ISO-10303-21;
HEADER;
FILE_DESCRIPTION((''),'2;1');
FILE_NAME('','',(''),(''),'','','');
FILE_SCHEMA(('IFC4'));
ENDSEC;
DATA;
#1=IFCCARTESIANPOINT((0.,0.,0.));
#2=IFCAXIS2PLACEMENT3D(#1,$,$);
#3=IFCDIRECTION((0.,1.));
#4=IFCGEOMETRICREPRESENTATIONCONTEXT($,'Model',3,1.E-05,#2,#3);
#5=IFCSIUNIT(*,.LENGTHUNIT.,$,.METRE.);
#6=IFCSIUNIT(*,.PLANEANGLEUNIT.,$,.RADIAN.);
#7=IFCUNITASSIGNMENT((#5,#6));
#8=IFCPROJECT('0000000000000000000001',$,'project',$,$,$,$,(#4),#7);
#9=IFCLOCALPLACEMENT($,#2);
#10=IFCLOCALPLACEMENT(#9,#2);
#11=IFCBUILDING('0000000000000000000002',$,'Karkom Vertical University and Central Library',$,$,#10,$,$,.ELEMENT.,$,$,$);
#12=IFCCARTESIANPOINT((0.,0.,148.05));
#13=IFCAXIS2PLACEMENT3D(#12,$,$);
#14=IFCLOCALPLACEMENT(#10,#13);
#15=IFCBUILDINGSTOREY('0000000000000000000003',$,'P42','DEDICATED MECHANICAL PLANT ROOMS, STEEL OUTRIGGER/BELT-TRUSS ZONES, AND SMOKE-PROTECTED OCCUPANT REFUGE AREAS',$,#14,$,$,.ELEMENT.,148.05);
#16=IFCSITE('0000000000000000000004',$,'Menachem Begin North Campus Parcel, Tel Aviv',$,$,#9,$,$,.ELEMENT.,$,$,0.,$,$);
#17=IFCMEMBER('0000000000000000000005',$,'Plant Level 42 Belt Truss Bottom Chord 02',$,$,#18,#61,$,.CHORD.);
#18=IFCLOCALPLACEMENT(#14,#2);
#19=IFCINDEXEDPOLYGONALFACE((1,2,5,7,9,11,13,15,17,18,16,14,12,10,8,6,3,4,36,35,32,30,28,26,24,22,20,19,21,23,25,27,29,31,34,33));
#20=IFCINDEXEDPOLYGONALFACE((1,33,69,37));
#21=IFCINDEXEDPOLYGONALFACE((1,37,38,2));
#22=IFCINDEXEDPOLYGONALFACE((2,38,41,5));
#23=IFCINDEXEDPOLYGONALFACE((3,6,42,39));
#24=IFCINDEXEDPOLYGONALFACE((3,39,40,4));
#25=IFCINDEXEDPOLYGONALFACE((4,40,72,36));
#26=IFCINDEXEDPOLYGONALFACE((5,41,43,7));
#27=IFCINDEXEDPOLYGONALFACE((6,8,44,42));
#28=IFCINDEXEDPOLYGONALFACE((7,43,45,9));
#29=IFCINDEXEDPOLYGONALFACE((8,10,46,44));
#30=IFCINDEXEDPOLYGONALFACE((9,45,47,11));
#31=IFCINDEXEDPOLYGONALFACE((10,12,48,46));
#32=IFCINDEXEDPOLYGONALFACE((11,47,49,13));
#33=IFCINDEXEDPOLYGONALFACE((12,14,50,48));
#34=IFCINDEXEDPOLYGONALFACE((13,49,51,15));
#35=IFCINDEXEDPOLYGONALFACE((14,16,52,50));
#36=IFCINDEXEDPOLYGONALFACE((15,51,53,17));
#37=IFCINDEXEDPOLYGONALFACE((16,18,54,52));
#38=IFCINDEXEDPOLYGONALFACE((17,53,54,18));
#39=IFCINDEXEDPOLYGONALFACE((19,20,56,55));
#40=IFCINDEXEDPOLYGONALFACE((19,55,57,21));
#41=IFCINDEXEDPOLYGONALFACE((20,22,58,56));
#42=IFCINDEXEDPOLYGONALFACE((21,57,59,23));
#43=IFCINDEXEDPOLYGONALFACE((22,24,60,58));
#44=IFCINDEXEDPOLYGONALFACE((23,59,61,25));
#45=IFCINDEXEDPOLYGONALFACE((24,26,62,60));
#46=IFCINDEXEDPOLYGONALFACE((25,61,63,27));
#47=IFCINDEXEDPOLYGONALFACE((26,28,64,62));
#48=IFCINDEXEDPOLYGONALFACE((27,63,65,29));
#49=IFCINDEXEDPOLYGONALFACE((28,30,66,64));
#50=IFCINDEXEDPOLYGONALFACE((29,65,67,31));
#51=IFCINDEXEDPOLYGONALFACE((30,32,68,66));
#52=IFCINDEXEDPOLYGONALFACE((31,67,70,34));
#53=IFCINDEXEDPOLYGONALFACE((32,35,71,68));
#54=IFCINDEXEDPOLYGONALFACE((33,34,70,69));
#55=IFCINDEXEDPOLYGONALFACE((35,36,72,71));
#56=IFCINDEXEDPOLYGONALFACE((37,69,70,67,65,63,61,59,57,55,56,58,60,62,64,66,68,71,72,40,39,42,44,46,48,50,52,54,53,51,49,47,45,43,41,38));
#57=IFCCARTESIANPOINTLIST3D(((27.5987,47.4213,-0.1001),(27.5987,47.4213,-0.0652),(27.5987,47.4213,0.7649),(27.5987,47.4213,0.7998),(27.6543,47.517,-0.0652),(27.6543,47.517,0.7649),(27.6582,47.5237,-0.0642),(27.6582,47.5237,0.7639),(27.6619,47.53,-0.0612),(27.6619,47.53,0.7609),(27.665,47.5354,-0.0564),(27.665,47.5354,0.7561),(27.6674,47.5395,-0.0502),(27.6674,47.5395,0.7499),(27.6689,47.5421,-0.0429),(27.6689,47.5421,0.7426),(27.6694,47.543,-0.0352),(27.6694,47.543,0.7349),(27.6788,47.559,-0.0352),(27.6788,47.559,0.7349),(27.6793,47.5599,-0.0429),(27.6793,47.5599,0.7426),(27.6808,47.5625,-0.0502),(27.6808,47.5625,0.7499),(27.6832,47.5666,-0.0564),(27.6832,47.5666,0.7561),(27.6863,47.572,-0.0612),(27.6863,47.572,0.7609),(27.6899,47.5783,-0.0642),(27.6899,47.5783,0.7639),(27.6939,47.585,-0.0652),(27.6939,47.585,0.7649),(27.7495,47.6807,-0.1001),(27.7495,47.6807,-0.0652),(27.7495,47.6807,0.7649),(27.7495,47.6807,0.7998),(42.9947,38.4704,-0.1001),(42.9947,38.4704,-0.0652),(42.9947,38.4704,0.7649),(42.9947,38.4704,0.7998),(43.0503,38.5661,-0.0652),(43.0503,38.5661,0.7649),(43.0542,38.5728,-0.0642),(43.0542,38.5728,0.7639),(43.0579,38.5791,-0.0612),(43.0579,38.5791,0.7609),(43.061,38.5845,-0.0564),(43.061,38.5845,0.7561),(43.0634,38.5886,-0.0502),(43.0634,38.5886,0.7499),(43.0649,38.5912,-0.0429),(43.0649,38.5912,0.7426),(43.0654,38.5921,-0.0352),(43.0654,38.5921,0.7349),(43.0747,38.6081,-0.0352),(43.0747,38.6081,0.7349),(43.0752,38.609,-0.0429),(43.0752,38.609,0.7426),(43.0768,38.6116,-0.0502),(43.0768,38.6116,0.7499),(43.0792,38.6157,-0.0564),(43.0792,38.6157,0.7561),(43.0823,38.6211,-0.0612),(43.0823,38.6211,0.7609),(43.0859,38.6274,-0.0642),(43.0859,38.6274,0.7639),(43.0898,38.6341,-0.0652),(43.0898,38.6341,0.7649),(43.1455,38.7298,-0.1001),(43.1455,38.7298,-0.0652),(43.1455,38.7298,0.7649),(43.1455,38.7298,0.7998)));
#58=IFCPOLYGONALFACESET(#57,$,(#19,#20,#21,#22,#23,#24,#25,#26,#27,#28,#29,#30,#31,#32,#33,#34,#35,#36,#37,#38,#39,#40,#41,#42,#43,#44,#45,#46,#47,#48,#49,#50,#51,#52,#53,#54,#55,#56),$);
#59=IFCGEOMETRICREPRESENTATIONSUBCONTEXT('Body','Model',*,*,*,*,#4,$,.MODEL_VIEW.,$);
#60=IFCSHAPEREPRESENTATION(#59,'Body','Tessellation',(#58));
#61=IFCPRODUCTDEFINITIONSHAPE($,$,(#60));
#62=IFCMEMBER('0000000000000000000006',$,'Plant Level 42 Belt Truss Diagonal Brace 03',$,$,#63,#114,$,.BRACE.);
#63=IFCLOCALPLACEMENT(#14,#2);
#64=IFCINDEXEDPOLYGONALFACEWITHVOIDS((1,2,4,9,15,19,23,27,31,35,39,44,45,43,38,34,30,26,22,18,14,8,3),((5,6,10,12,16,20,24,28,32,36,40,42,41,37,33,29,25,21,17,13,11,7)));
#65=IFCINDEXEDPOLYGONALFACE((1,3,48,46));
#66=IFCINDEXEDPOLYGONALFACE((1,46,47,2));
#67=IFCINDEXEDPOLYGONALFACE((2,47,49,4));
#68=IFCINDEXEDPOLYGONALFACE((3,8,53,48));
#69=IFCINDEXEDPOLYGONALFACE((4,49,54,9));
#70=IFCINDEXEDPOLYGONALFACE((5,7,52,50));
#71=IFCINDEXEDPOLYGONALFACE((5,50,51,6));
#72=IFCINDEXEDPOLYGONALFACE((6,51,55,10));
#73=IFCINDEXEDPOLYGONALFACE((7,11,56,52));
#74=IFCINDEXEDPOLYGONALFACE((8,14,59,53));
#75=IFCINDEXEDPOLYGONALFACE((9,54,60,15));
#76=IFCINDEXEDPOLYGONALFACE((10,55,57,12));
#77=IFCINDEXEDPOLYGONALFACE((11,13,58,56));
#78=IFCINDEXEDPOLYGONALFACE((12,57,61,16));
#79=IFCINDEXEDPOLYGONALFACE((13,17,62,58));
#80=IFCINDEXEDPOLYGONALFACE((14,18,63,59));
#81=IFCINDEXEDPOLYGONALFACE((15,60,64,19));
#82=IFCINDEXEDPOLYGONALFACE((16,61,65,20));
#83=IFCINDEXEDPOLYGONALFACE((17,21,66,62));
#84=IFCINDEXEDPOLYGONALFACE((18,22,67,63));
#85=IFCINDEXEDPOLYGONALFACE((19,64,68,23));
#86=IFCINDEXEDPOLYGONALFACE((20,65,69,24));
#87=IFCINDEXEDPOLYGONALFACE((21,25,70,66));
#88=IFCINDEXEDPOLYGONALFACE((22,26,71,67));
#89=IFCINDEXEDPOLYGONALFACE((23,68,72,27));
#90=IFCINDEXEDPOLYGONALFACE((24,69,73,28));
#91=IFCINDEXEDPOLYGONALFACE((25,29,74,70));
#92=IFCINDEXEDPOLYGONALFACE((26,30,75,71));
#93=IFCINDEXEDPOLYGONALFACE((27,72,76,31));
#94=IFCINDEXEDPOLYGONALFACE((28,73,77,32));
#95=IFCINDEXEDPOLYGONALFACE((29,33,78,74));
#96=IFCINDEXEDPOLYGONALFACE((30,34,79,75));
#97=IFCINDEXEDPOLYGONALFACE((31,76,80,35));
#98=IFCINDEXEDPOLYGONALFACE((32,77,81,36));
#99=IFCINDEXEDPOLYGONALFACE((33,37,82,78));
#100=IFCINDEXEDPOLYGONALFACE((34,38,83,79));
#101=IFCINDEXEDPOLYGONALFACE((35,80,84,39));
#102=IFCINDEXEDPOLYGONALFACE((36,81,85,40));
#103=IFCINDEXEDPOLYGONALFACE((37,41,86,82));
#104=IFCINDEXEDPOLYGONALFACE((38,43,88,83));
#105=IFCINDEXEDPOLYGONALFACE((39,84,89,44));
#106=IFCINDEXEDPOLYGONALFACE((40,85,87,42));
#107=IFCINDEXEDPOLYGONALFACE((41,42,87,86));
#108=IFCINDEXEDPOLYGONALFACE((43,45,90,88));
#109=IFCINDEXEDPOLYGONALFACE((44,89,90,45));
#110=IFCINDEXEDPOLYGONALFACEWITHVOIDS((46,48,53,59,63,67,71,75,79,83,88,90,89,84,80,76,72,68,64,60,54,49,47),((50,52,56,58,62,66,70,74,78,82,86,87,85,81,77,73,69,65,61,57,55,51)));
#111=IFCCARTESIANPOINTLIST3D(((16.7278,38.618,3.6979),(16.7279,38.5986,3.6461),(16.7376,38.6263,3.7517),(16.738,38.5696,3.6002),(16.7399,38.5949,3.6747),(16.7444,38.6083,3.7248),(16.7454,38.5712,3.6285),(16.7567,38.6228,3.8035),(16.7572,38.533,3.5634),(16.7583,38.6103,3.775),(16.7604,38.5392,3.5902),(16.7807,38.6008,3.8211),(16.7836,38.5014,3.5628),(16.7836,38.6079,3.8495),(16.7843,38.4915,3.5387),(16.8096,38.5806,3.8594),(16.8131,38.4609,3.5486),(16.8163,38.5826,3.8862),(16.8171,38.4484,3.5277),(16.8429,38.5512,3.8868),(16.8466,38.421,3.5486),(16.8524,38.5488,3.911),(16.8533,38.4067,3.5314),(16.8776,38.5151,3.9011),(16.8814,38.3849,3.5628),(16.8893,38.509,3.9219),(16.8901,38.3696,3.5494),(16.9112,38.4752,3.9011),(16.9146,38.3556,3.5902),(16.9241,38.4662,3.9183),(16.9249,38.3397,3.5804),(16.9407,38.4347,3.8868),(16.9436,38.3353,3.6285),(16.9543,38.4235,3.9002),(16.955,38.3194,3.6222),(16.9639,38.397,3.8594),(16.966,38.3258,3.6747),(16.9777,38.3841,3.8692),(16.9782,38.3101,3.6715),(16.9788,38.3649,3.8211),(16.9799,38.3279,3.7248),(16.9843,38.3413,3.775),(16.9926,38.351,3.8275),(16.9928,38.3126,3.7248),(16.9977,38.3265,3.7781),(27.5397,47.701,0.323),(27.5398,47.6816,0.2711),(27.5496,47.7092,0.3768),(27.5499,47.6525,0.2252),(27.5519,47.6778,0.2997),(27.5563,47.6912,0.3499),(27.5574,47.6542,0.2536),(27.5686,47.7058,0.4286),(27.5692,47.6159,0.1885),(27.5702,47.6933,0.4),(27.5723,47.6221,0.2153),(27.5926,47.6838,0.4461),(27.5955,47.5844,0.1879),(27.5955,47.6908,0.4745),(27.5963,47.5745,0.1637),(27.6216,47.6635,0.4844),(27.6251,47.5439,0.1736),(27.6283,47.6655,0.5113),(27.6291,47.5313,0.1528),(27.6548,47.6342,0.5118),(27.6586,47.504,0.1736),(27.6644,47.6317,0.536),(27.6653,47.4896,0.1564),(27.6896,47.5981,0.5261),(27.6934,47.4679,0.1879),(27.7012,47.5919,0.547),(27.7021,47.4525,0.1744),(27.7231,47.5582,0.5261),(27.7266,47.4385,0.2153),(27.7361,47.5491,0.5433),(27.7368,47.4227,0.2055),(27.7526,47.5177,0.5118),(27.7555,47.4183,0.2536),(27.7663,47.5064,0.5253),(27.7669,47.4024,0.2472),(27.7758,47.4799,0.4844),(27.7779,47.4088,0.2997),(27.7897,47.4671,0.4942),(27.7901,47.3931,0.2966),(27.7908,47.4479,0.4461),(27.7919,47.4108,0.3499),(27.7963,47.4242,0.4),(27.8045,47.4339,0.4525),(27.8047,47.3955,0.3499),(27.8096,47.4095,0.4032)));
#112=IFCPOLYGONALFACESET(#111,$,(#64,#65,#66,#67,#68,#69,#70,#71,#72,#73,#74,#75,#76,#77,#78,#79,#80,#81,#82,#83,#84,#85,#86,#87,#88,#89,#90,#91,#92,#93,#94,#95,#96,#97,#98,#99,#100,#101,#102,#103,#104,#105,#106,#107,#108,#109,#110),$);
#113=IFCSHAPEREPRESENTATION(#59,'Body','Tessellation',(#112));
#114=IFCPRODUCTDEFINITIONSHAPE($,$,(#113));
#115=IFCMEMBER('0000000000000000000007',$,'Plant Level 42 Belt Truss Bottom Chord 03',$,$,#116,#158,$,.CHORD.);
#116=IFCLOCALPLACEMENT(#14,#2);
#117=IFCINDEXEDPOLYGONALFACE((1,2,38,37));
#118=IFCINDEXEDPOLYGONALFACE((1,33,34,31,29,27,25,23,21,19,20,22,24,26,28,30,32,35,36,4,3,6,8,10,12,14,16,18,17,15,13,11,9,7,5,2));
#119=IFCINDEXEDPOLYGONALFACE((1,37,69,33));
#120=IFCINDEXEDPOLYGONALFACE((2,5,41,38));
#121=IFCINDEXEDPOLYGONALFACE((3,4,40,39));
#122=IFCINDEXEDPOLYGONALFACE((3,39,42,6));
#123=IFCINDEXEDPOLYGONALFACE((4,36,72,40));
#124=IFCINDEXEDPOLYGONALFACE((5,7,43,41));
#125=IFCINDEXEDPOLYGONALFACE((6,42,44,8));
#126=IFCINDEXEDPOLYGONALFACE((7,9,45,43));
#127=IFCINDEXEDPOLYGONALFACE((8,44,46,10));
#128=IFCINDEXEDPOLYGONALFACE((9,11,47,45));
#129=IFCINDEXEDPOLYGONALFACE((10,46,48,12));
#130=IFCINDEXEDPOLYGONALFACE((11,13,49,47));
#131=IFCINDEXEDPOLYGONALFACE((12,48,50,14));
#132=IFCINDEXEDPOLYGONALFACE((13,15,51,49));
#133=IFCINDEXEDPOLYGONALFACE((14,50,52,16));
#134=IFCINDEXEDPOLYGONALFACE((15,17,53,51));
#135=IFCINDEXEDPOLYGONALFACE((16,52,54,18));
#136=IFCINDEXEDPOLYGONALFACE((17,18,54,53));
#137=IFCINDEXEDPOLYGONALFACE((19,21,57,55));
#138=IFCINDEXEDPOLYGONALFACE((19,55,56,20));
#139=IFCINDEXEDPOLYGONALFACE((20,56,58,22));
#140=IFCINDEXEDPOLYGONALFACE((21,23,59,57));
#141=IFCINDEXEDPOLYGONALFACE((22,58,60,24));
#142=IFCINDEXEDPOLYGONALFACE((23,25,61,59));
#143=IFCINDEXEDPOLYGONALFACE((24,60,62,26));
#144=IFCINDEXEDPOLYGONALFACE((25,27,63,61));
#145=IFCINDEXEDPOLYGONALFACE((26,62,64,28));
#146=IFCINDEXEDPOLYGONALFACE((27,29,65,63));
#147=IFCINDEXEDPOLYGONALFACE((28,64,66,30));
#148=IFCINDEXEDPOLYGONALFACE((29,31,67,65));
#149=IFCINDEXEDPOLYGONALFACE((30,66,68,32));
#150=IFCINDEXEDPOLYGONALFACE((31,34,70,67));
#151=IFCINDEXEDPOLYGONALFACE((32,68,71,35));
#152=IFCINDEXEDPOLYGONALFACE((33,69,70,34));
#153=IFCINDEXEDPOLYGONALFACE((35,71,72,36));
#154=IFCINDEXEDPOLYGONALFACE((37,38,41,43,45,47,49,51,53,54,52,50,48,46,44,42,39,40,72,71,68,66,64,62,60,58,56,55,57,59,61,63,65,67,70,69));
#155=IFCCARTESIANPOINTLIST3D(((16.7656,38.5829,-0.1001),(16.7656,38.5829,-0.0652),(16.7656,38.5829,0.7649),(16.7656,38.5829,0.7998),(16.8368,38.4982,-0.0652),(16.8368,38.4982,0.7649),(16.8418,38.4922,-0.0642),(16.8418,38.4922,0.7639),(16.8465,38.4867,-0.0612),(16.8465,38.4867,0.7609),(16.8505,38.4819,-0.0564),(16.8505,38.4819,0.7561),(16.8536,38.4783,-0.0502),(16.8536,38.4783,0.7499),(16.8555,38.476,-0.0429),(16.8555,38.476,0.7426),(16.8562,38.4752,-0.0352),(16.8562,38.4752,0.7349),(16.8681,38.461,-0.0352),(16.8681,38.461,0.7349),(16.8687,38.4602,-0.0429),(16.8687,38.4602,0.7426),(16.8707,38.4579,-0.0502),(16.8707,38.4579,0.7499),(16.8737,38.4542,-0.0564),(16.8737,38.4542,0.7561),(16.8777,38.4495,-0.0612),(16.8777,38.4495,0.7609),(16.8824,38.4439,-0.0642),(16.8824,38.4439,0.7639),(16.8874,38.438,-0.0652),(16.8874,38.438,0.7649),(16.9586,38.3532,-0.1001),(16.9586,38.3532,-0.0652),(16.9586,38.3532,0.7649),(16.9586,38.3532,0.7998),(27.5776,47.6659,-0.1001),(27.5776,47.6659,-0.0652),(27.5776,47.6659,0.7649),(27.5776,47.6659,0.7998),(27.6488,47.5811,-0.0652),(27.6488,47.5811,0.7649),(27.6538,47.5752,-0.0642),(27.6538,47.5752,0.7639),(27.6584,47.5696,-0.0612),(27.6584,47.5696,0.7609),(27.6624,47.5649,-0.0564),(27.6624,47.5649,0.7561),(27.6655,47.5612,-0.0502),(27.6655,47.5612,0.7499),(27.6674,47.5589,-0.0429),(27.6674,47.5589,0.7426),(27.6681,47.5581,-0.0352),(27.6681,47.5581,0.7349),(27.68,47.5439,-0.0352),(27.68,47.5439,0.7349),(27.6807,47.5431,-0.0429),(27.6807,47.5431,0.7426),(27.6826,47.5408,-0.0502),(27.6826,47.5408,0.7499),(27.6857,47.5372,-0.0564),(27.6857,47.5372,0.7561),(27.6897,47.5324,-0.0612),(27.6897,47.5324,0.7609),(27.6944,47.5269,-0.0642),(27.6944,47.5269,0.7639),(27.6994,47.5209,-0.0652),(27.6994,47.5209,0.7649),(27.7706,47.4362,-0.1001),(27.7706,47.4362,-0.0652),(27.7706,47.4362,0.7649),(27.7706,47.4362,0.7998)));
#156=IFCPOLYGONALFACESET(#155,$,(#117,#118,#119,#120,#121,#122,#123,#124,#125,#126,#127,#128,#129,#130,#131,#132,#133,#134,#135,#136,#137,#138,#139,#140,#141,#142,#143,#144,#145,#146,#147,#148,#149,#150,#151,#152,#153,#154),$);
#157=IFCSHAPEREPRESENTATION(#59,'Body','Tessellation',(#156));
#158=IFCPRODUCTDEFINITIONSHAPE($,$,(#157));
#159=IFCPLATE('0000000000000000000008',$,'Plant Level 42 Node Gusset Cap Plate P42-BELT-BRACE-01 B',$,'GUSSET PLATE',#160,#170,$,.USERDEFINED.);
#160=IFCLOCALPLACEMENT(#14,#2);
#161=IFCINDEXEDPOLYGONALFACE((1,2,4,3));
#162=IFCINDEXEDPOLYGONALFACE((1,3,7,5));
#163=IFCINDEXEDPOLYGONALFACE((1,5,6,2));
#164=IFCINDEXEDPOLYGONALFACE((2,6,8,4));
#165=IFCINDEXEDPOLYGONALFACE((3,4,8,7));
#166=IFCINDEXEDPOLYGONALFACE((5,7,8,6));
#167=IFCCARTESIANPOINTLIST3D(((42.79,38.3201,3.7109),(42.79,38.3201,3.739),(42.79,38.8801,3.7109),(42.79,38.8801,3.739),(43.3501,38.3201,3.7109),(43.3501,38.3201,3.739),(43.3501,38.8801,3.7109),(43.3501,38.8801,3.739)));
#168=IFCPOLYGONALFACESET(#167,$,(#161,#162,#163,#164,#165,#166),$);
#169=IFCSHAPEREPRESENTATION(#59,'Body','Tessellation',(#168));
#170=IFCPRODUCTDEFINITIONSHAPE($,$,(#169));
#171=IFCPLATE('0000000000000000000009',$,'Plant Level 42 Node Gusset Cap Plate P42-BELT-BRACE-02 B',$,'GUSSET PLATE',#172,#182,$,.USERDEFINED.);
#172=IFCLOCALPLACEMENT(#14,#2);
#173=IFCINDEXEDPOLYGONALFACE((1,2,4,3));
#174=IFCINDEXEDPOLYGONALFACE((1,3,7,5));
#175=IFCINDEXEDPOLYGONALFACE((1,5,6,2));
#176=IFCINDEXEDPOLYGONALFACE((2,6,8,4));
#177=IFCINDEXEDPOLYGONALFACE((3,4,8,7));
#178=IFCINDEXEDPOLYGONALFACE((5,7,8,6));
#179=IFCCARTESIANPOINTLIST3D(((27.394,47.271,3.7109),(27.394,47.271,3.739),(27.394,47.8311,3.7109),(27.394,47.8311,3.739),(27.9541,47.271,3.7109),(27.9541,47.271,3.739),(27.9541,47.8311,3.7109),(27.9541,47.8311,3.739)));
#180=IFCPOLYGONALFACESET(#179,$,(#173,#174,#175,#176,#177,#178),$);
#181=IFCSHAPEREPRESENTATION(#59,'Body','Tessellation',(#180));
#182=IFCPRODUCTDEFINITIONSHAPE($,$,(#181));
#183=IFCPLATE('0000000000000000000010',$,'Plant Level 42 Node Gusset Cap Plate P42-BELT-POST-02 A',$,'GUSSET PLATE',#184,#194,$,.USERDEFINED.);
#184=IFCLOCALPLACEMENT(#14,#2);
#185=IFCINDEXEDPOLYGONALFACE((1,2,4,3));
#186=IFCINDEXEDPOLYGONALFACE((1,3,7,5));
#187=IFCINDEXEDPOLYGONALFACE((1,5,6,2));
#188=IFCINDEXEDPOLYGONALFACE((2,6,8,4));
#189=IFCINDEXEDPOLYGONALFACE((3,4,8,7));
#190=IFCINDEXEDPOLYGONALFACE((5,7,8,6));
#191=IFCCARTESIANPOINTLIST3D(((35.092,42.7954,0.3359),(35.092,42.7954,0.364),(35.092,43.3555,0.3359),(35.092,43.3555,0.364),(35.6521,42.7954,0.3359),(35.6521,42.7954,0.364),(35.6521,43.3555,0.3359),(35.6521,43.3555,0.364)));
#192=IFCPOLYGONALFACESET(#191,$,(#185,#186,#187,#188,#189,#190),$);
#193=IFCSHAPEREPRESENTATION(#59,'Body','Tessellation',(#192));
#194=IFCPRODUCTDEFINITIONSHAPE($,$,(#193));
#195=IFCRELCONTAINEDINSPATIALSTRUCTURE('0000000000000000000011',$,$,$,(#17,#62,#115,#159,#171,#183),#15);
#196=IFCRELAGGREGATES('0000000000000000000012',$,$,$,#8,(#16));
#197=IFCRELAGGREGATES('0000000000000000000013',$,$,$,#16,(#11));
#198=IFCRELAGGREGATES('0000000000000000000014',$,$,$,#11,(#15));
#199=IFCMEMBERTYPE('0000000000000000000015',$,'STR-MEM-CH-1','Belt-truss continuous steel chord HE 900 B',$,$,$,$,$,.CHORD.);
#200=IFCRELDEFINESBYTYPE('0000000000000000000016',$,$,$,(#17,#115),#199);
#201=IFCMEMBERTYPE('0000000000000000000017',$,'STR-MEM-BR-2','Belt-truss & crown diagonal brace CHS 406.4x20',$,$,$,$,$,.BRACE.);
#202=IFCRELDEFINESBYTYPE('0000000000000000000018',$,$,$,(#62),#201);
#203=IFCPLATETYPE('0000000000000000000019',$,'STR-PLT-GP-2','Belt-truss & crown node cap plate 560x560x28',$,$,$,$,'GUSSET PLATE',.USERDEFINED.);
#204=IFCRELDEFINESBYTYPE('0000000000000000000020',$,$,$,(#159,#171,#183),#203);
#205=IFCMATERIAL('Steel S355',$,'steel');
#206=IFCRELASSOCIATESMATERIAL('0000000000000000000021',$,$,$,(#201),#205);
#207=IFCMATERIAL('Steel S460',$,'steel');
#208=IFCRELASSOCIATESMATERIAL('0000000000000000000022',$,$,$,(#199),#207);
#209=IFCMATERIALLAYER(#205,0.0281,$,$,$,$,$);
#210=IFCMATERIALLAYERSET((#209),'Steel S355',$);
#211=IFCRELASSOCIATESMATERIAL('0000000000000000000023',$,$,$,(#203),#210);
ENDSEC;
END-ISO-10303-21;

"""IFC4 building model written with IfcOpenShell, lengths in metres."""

from ifc_helpers import new_model, si_unit, direction, frame, origin, origin_with_axes, origin_2d, place, context, subcontext, project, spatial, rectangle, hollow_circle, i_section, extrude, source, transform, mapped, material, layer, layer_set, material_profile, profile_set, type_object, element, save


model = new_model("IFC4")

# Units and contexts
model_context = context("Model", 3, precision=1e-05, world=origin(), true_north=direction((0.0, 1.0)))
body_context = subcontext(model_context, "Body", "Model", "MODEL_VIEW")
ifc_project = project(units=[si_unit("LENGTHUNIT", "METRE"), si_unit("PLANEANGLEUNIT", "RADIAN")], contexts=[model_context])

# Site, building, storey
site_placement = place(None, origin())
site = spatial("IfcSite", under=ifc_project, at=site_placement, Name="Menachem Begin North Campus Parcel, Tel Aviv", CompositionType="ELEMENT", RefElevation=0.0)
building_placement = place(site_placement, origin())
building = spatial("IfcBuilding", under=site, at=building_placement, Name="Karkom Vertical University and Central Library", CompositionType="ELEMENT")
storey_placement = place(building_placement, frame((0.0, 0.0, 148.05)))
storey = spatial("IfcBuildingStorey", under=building, at=storey_placement, Name="P42", Description="DEDICATED MECHANICAL PLANT ROOMS, STEEL OUTRIGGER/BELT-TRUSS ZONES, AND SMOKE-PROTECTED OCCUPANT REFUGE AREAS", CompositionType="ELEMENT", Elevation=148.05)

# Shared definitions
ifc_material_1 = material(Name="Steel S355", Category="steel")

# Shared definitions
ifc_material_2 = material(Name="Steel S460", Category="steel")

# Members
ifc_material_profile_1 = material_profile(ifc_material_1, hollow_circle(Radius=0.2031, WallThickness=0.02, at=origin_2d()), Name="CHS 406.4x20")
ifc_profile_set_1 = profile_set([ifc_material_profile_1], Name="Steel S355")
member_type_1 = type_object("IfcMemberType", Name="STR-MEM-BR-2", Description="Belt-truss & crown diagonal brace CHS 406.4x20", PredefinedType="BRACE", material=ifc_profile_set_1)
ifc_material_profile_2 = material_profile(ifc_material_2, i_section(OverallWidth=0.3, OverallDepth=0.8999, WebThickness=0.0186, FlangeThickness=0.0349, FilletRadius=0.03, at=origin_2d()), Name="HE 900 B")
ifc_profile_set_2 = profile_set([ifc_material_profile_2], Name="Steel S460")
member_type_2 = type_object("IfcMemberType", Name="STR-MEM-CH-1", Description="Belt-truss continuous steel chord HE 900 B", PredefinedType="CHORD", material=ifc_profile_set_2)
shared_shape_1 = source(origin_with_axes(), body_context, "Body", "SweptSolid", [
    extrude(i_section(OverallWidth=0.3, OverallDepth=0.8999, WebThickness=0.0186, FlangeThickness=0.0349, FilletRadius=0.03, at=origin_2d()), origin(), (0.0, 0.0, 1.0), 17.8088),
])
member_1_placement = place(storey_placement, frame((43.0701, 38.6001, 0.3499), z_axis=(-0.864513, 0.502611, 0.0), x_axis=(-0.502611, -0.864513, 0.0)))
element("IfcMember", 1, at=member_1_placement, inside=storey, type_object=member_type_2, Name="Plant Level 42 Belt Truss Bottom Chord 02", PredefinedType="CHORD", context=body_context, shape_type="MappedRepresentation", body=[
    mapped(shared_shape_1, transform((0.0, 0.0, 0.0), scale=1.0)),
])
shared_shape_2 = source(origin_with_axes(), body_context, "Body", "SweptSolid", [
    extrude(hollow_circle(Radius=0.2031, WallThickness=0.02, at=origin_2d()), origin(), (0.0, 0.0, 1.0), 14.5186),
])
member_2_placement = place(storey_placement, frame((27.6741, 47.551, 0.3499), z_axis=(-0.744698, -0.62561, 0.23246), x_axis=(0.64323, -0.765673, 0.0)))
element("IfcMember", 2, at=member_2_placement, inside=storey, type_object=member_type_1, Name="Plant Level 42 Belt Truss Diagonal Brace 03", PredefinedType="BRACE", context=body_context, shape_type="MappedRepresentation", body=[
    mapped(shared_shape_2, transform((0.0, 0.0, 0.0), scale=1.0)),
])
shared_shape_3 = source(origin_with_axes(), body_context, "Body", "SweptSolid", [
    extrude(i_section(OverallWidth=0.3, OverallDepth=0.8999, WebThickness=0.0186, FlangeThickness=0.0349, FilletRadius=0.03, at=origin_2d()), origin(), (0.0, 0.0, 1.0), 14.1208),
])
member_3_placement = place(storey_placement, frame((27.6741, 47.551, 0.3499), z_axis=(-0.765673, -0.64323, 0.0), x_axis=(0.64323, -0.765673, 0.0)))
element("IfcMember", 3, at=member_3_placement, inside=storey, type_object=member_type_2, Name="Plant Level 42 Belt Truss Bottom Chord 03", PredefinedType="CHORD", context=body_context, shape_type="MappedRepresentation", body=[
    mapped(shared_shape_3, transform((0.0, 0.0, 0.0), scale=1.0)),
])

# Plates
ifc_layer_1 = layer(ifc_material_1, 0.0281)
ifc_layer_set_1 = layer_set([ifc_layer_1], Name="Steel S355")
plate_type_1 = type_object("IfcPlateType", Name="STR-PLT-GP-2", Description="Belt-truss & crown node cap plate 560x560x28", ElementType="GUSSET PLATE", PredefinedType="USERDEFINED", material=ifc_layer_set_1)
shared_shape_4 = source(origin_with_axes(), body_context, "Body", "SweptSolid", [
    extrude(rectangle(XDim=0.5601, YDim=0.5601, at=origin_2d()), origin(), (0.0, 0.0, 1.0), 0.0281),
])
for number, where, z_axis, x_axis, name in (
    (4, (43.0701, 38.6001, 3.7109), (0.0, 0.0, 1.0), (1.0, 0.0, 0.0), "Plant Level 42 Node Gusset Cap Plate P42-BELT-BRACE-01 B"),
    (5, (27.6741, 47.551, 3.7109), (0.0, 0.0, 1.0), (1.0, 0.0, 0.0), "Plant Level 42 Node Gusset Cap Plate P42-BELT-BRACE-02 B"),
    (6, (35.3721, 43.0754, 0.3359), (0.0, 0.0, 1.0), (1.0, 0.0, 0.0), "Plant Level 42 Node Gusset Cap Plate P42-BELT-POST-02 A"),
):
    element("IfcPlate", number, at=place(storey_placement, frame(where, z_axis=z_axis, x_axis=x_axis)), inside=storey, type_object=plate_type_1, Name=name, ObjectType="GUSSET PLATE", PredefinedType="USERDEFINED", context=body_context, shape_type="MappedRepresentation", body=[
        mapped(shared_shape_4, transform((0.0, 0.0, 0.0), scale=1.0)),
    ])

save(model, "model.ifc")
